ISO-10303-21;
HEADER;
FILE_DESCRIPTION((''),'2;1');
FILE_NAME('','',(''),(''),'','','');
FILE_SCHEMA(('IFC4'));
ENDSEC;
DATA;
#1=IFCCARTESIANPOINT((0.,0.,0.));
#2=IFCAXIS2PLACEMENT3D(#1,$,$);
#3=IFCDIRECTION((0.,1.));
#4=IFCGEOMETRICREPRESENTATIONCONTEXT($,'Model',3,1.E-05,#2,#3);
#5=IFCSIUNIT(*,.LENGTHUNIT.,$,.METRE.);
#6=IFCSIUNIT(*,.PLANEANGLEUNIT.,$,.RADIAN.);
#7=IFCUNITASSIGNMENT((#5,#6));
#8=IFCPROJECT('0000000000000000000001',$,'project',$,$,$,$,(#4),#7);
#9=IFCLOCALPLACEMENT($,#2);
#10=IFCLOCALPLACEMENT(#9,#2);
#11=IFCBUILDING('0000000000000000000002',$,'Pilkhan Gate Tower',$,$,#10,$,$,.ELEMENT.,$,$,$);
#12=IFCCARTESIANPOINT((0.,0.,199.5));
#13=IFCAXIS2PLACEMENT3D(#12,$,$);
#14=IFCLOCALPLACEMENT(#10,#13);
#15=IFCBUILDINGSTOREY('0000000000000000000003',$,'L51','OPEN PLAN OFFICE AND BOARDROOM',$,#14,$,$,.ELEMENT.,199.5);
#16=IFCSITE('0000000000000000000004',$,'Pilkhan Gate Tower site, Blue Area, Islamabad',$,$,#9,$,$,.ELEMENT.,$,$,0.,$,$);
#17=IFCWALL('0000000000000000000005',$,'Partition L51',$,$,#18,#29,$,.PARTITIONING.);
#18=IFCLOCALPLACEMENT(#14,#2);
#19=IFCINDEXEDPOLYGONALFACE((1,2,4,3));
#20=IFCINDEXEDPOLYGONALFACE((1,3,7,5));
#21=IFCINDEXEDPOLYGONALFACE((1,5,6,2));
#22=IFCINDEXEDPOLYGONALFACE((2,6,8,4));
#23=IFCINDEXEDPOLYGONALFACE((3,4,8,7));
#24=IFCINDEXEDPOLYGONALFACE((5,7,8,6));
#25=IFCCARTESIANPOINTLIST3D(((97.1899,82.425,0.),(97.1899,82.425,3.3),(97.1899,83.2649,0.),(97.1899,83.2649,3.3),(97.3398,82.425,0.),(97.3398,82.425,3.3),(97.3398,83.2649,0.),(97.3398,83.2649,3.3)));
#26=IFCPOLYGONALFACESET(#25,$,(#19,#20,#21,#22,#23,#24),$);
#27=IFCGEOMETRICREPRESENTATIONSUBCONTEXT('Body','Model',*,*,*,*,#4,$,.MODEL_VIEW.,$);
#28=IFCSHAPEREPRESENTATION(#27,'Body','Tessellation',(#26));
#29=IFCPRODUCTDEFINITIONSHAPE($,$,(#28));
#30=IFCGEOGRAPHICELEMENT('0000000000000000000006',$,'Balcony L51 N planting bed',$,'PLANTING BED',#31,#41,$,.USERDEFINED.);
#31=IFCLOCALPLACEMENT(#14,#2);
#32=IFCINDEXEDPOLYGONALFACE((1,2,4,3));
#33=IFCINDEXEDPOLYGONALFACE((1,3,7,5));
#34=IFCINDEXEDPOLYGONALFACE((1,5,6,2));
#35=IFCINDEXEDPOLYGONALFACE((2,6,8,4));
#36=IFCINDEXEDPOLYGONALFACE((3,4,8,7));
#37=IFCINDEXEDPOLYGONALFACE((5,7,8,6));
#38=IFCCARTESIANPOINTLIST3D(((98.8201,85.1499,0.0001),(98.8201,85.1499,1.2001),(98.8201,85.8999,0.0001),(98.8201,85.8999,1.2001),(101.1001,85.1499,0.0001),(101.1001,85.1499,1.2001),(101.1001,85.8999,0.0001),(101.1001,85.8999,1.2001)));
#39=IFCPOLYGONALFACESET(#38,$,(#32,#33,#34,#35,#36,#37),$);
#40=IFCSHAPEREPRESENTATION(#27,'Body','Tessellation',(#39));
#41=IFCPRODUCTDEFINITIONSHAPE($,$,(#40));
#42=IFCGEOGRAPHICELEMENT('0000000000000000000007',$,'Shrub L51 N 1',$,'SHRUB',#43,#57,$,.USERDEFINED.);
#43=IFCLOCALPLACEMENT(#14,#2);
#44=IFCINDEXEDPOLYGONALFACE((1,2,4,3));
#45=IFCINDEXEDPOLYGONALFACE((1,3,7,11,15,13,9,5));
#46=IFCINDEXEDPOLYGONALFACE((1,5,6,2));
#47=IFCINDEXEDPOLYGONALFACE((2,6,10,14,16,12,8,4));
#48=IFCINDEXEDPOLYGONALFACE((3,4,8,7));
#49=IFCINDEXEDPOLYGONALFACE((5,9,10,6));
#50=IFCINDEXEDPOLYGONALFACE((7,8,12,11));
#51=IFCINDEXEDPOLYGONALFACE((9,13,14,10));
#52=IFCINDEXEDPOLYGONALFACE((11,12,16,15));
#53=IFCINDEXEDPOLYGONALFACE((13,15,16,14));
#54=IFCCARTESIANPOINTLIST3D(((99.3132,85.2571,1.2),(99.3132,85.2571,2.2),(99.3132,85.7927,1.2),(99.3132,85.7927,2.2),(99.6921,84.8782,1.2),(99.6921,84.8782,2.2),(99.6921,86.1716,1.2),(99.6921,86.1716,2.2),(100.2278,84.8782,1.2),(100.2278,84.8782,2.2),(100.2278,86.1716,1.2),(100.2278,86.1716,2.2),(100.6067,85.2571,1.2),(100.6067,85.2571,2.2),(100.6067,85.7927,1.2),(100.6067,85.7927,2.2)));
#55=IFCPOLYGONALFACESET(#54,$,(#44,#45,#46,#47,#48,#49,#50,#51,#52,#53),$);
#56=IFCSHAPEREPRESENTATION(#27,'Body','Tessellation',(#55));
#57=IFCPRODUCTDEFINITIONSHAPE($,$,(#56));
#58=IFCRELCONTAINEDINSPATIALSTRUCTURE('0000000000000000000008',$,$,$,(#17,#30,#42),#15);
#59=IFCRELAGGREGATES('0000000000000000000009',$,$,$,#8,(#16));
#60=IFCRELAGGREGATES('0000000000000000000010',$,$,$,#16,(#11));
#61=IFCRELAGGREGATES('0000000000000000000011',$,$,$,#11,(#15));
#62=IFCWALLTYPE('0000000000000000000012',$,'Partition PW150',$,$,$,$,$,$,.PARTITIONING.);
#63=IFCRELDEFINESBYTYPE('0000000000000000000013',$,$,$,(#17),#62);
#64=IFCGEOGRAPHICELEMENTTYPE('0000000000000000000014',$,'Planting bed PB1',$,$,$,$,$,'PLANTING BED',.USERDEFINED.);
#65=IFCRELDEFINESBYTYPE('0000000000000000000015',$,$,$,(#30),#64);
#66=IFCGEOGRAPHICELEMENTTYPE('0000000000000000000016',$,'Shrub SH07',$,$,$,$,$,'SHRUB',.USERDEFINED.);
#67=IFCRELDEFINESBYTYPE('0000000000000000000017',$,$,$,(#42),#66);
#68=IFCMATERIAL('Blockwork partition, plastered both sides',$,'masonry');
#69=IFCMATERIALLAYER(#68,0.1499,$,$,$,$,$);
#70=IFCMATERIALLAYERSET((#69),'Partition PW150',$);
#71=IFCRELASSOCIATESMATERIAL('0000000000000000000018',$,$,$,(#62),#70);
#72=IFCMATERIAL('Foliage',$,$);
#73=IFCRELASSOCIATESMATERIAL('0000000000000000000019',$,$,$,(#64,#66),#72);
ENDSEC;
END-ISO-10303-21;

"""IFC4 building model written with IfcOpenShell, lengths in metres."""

from ifc_helpers import new_model, si_unit, direction, frame, frame_2d, origin, origin_2d, place, context, subcontext, project, spatial, polyline, rectangle, outline, extrude, material, layer, layer_set, material_profile, profile_set, type_object, element, save


model = new_model("IFC4")

# Units and contexts
model_context = context("Model", 3, precision=1e-05, world=origin(), true_north=direction((0.0, 1.0)))
body_context = subcontext(model_context, "Body", "Model", "MODEL_VIEW")
ifc_project = project(units=[si_unit("LENGTHUNIT", "METRE"), si_unit("PLANEANGLEUNIT", "RADIAN")], contexts=[model_context])

# Site, building, storey
site_placement = place(None, origin())
site = spatial("IfcSite", under=ifc_project, at=site_placement, Name="Pilkhan Gate Tower site, Blue Area, Islamabad", CompositionType="ELEMENT", RefElevation=0.0)
building_placement = place(site_placement, origin())
building = spatial("IfcBuilding", under=site, at=building_placement, Name="Pilkhan Gate Tower", CompositionType="ELEMENT")
storey_placement = place(building_placement, frame((0.0, 0.0, 199.5)))
storey = spatial("IfcBuildingStorey", under=building, at=storey_placement, Name="L51", Description="OPEN PLAN OFFICE AND BOARDROOM", CompositionType="ELEMENT", Elevation=199.5)

# Wall
ifc_material_1 = material(Name="Blockwork partition, plastered both sides", Category="masonry")
ifc_layer_1 = layer(ifc_material_1, 0.1499)
ifc_layer_set_1 = layer_set([ifc_layer_1], Name="Partition PW150")
wall_type_1 = type_object("IfcWallType", Name="Partition PW150", PredefinedType="PARTITIONING", material=ifc_layer_set_1)
wall_1_placement = place(storey_placement, frame((97.2649, 82.425, 0.0), z_axis=(0.0, 0.0, 1.0), x_axis=(0.0, 1.0, 0.0)))
element("IfcWall", 1, at=wall_1_placement, inside=storey, type_object=wall_type_1, Name="Partition L51", PredefinedType="PARTITIONING", context=body_context, shape_type="SweptSolid", body=[
    extrude(rectangle(XDim=0.8398, YDim=0.1499, at=frame_2d((0.4199, 0.0))), origin(), (0.0, 0.0, 1.0), 3.3),
])

# Geographic elements
ifc_material_2 = material(Name="Foliage")
ifc_material_profile_1 = material_profile(ifc_material_2, rectangle(XDim=0.75, YDim=1.2, at=origin_2d()), Name="Bed 750x1200")
ifc_profile_set_1 = profile_set([ifc_material_profile_1], Name="Foliage")
geographic_element_type_1 = type_object("IfcGeographicElementType", Name="Planting bed PB1", ElementType="PLANTING BED", PredefinedType="USERDEFINED", material=ifc_profile_set_1)
geographic_element_1_placement = place(storey_placement, frame((98.8201, 85.5249, 0.6001), z_axis=(1.0, 0.0, 0.0), x_axis=(0.0, 1.0, 0.0)))
element("IfcGeographicElement", 2, at=geographic_element_1_placement, inside=storey, type_object=geographic_element_type_1, Name="Balcony L51 N planting bed", ObjectType="PLANTING BED", PredefinedType="USERDEFINED", context=body_context, shape_type="SweptSolid", body=[
    extrude(rectangle(XDim=0.75, YDim=1.2, at=origin_2d()), origin(), (0.0, 0.0, 1.0), 2.28),
])
ifc_material_profile_2 = material_profile(ifc_material_2, outline(polyline([(0.6467, 0.2678), (0.2678, 0.6467), (-0.2678, 0.6467), (-0.6467, 0.2678), (-0.6467, -0.2678), (-0.2678, -0.6467), (0.2678, -0.6467), (0.6467, -0.2678), (0.6467, 0.2678)])), Name="Shrub D1.4")
ifc_profile_set_2 = profile_set([ifc_material_profile_2], Name="Foliage")
geographic_element_type_2 = type_object("IfcGeographicElementType", Name="Shrub SH07", ElementType="SHRUB", PredefinedType="USERDEFINED", material=ifc_profile_set_2)
geographic_element_2_placement = place(storey_placement, frame((99.96, 85.5249, 1.2), z_axis=(0.0, 0.0, 1.0), x_axis=(1.0, 0.0, 0.0)))
element("IfcGeographicElement", 3, at=geographic_element_2_placement, inside=storey, type_object=geographic_element_type_2, Name="Shrub L51 N 1", ObjectType="SHRUB", PredefinedType="USERDEFINED", context=body_context, shape_type="SweptSolid", body=[
    extrude(outline(polyline([(0.6467, 0.2678), (0.2678, 0.6467), (-0.2678, 0.6467), (-0.6467, 0.2678), (-0.6467, -0.2678), (-0.2678, -0.6467), (0.2678, -0.6467), (0.6467, -0.2678), (0.6467, 0.2678)])), origin(), (0.0, 0.0, 1.0), 1.0),
])

save(model, "model.ifc")
